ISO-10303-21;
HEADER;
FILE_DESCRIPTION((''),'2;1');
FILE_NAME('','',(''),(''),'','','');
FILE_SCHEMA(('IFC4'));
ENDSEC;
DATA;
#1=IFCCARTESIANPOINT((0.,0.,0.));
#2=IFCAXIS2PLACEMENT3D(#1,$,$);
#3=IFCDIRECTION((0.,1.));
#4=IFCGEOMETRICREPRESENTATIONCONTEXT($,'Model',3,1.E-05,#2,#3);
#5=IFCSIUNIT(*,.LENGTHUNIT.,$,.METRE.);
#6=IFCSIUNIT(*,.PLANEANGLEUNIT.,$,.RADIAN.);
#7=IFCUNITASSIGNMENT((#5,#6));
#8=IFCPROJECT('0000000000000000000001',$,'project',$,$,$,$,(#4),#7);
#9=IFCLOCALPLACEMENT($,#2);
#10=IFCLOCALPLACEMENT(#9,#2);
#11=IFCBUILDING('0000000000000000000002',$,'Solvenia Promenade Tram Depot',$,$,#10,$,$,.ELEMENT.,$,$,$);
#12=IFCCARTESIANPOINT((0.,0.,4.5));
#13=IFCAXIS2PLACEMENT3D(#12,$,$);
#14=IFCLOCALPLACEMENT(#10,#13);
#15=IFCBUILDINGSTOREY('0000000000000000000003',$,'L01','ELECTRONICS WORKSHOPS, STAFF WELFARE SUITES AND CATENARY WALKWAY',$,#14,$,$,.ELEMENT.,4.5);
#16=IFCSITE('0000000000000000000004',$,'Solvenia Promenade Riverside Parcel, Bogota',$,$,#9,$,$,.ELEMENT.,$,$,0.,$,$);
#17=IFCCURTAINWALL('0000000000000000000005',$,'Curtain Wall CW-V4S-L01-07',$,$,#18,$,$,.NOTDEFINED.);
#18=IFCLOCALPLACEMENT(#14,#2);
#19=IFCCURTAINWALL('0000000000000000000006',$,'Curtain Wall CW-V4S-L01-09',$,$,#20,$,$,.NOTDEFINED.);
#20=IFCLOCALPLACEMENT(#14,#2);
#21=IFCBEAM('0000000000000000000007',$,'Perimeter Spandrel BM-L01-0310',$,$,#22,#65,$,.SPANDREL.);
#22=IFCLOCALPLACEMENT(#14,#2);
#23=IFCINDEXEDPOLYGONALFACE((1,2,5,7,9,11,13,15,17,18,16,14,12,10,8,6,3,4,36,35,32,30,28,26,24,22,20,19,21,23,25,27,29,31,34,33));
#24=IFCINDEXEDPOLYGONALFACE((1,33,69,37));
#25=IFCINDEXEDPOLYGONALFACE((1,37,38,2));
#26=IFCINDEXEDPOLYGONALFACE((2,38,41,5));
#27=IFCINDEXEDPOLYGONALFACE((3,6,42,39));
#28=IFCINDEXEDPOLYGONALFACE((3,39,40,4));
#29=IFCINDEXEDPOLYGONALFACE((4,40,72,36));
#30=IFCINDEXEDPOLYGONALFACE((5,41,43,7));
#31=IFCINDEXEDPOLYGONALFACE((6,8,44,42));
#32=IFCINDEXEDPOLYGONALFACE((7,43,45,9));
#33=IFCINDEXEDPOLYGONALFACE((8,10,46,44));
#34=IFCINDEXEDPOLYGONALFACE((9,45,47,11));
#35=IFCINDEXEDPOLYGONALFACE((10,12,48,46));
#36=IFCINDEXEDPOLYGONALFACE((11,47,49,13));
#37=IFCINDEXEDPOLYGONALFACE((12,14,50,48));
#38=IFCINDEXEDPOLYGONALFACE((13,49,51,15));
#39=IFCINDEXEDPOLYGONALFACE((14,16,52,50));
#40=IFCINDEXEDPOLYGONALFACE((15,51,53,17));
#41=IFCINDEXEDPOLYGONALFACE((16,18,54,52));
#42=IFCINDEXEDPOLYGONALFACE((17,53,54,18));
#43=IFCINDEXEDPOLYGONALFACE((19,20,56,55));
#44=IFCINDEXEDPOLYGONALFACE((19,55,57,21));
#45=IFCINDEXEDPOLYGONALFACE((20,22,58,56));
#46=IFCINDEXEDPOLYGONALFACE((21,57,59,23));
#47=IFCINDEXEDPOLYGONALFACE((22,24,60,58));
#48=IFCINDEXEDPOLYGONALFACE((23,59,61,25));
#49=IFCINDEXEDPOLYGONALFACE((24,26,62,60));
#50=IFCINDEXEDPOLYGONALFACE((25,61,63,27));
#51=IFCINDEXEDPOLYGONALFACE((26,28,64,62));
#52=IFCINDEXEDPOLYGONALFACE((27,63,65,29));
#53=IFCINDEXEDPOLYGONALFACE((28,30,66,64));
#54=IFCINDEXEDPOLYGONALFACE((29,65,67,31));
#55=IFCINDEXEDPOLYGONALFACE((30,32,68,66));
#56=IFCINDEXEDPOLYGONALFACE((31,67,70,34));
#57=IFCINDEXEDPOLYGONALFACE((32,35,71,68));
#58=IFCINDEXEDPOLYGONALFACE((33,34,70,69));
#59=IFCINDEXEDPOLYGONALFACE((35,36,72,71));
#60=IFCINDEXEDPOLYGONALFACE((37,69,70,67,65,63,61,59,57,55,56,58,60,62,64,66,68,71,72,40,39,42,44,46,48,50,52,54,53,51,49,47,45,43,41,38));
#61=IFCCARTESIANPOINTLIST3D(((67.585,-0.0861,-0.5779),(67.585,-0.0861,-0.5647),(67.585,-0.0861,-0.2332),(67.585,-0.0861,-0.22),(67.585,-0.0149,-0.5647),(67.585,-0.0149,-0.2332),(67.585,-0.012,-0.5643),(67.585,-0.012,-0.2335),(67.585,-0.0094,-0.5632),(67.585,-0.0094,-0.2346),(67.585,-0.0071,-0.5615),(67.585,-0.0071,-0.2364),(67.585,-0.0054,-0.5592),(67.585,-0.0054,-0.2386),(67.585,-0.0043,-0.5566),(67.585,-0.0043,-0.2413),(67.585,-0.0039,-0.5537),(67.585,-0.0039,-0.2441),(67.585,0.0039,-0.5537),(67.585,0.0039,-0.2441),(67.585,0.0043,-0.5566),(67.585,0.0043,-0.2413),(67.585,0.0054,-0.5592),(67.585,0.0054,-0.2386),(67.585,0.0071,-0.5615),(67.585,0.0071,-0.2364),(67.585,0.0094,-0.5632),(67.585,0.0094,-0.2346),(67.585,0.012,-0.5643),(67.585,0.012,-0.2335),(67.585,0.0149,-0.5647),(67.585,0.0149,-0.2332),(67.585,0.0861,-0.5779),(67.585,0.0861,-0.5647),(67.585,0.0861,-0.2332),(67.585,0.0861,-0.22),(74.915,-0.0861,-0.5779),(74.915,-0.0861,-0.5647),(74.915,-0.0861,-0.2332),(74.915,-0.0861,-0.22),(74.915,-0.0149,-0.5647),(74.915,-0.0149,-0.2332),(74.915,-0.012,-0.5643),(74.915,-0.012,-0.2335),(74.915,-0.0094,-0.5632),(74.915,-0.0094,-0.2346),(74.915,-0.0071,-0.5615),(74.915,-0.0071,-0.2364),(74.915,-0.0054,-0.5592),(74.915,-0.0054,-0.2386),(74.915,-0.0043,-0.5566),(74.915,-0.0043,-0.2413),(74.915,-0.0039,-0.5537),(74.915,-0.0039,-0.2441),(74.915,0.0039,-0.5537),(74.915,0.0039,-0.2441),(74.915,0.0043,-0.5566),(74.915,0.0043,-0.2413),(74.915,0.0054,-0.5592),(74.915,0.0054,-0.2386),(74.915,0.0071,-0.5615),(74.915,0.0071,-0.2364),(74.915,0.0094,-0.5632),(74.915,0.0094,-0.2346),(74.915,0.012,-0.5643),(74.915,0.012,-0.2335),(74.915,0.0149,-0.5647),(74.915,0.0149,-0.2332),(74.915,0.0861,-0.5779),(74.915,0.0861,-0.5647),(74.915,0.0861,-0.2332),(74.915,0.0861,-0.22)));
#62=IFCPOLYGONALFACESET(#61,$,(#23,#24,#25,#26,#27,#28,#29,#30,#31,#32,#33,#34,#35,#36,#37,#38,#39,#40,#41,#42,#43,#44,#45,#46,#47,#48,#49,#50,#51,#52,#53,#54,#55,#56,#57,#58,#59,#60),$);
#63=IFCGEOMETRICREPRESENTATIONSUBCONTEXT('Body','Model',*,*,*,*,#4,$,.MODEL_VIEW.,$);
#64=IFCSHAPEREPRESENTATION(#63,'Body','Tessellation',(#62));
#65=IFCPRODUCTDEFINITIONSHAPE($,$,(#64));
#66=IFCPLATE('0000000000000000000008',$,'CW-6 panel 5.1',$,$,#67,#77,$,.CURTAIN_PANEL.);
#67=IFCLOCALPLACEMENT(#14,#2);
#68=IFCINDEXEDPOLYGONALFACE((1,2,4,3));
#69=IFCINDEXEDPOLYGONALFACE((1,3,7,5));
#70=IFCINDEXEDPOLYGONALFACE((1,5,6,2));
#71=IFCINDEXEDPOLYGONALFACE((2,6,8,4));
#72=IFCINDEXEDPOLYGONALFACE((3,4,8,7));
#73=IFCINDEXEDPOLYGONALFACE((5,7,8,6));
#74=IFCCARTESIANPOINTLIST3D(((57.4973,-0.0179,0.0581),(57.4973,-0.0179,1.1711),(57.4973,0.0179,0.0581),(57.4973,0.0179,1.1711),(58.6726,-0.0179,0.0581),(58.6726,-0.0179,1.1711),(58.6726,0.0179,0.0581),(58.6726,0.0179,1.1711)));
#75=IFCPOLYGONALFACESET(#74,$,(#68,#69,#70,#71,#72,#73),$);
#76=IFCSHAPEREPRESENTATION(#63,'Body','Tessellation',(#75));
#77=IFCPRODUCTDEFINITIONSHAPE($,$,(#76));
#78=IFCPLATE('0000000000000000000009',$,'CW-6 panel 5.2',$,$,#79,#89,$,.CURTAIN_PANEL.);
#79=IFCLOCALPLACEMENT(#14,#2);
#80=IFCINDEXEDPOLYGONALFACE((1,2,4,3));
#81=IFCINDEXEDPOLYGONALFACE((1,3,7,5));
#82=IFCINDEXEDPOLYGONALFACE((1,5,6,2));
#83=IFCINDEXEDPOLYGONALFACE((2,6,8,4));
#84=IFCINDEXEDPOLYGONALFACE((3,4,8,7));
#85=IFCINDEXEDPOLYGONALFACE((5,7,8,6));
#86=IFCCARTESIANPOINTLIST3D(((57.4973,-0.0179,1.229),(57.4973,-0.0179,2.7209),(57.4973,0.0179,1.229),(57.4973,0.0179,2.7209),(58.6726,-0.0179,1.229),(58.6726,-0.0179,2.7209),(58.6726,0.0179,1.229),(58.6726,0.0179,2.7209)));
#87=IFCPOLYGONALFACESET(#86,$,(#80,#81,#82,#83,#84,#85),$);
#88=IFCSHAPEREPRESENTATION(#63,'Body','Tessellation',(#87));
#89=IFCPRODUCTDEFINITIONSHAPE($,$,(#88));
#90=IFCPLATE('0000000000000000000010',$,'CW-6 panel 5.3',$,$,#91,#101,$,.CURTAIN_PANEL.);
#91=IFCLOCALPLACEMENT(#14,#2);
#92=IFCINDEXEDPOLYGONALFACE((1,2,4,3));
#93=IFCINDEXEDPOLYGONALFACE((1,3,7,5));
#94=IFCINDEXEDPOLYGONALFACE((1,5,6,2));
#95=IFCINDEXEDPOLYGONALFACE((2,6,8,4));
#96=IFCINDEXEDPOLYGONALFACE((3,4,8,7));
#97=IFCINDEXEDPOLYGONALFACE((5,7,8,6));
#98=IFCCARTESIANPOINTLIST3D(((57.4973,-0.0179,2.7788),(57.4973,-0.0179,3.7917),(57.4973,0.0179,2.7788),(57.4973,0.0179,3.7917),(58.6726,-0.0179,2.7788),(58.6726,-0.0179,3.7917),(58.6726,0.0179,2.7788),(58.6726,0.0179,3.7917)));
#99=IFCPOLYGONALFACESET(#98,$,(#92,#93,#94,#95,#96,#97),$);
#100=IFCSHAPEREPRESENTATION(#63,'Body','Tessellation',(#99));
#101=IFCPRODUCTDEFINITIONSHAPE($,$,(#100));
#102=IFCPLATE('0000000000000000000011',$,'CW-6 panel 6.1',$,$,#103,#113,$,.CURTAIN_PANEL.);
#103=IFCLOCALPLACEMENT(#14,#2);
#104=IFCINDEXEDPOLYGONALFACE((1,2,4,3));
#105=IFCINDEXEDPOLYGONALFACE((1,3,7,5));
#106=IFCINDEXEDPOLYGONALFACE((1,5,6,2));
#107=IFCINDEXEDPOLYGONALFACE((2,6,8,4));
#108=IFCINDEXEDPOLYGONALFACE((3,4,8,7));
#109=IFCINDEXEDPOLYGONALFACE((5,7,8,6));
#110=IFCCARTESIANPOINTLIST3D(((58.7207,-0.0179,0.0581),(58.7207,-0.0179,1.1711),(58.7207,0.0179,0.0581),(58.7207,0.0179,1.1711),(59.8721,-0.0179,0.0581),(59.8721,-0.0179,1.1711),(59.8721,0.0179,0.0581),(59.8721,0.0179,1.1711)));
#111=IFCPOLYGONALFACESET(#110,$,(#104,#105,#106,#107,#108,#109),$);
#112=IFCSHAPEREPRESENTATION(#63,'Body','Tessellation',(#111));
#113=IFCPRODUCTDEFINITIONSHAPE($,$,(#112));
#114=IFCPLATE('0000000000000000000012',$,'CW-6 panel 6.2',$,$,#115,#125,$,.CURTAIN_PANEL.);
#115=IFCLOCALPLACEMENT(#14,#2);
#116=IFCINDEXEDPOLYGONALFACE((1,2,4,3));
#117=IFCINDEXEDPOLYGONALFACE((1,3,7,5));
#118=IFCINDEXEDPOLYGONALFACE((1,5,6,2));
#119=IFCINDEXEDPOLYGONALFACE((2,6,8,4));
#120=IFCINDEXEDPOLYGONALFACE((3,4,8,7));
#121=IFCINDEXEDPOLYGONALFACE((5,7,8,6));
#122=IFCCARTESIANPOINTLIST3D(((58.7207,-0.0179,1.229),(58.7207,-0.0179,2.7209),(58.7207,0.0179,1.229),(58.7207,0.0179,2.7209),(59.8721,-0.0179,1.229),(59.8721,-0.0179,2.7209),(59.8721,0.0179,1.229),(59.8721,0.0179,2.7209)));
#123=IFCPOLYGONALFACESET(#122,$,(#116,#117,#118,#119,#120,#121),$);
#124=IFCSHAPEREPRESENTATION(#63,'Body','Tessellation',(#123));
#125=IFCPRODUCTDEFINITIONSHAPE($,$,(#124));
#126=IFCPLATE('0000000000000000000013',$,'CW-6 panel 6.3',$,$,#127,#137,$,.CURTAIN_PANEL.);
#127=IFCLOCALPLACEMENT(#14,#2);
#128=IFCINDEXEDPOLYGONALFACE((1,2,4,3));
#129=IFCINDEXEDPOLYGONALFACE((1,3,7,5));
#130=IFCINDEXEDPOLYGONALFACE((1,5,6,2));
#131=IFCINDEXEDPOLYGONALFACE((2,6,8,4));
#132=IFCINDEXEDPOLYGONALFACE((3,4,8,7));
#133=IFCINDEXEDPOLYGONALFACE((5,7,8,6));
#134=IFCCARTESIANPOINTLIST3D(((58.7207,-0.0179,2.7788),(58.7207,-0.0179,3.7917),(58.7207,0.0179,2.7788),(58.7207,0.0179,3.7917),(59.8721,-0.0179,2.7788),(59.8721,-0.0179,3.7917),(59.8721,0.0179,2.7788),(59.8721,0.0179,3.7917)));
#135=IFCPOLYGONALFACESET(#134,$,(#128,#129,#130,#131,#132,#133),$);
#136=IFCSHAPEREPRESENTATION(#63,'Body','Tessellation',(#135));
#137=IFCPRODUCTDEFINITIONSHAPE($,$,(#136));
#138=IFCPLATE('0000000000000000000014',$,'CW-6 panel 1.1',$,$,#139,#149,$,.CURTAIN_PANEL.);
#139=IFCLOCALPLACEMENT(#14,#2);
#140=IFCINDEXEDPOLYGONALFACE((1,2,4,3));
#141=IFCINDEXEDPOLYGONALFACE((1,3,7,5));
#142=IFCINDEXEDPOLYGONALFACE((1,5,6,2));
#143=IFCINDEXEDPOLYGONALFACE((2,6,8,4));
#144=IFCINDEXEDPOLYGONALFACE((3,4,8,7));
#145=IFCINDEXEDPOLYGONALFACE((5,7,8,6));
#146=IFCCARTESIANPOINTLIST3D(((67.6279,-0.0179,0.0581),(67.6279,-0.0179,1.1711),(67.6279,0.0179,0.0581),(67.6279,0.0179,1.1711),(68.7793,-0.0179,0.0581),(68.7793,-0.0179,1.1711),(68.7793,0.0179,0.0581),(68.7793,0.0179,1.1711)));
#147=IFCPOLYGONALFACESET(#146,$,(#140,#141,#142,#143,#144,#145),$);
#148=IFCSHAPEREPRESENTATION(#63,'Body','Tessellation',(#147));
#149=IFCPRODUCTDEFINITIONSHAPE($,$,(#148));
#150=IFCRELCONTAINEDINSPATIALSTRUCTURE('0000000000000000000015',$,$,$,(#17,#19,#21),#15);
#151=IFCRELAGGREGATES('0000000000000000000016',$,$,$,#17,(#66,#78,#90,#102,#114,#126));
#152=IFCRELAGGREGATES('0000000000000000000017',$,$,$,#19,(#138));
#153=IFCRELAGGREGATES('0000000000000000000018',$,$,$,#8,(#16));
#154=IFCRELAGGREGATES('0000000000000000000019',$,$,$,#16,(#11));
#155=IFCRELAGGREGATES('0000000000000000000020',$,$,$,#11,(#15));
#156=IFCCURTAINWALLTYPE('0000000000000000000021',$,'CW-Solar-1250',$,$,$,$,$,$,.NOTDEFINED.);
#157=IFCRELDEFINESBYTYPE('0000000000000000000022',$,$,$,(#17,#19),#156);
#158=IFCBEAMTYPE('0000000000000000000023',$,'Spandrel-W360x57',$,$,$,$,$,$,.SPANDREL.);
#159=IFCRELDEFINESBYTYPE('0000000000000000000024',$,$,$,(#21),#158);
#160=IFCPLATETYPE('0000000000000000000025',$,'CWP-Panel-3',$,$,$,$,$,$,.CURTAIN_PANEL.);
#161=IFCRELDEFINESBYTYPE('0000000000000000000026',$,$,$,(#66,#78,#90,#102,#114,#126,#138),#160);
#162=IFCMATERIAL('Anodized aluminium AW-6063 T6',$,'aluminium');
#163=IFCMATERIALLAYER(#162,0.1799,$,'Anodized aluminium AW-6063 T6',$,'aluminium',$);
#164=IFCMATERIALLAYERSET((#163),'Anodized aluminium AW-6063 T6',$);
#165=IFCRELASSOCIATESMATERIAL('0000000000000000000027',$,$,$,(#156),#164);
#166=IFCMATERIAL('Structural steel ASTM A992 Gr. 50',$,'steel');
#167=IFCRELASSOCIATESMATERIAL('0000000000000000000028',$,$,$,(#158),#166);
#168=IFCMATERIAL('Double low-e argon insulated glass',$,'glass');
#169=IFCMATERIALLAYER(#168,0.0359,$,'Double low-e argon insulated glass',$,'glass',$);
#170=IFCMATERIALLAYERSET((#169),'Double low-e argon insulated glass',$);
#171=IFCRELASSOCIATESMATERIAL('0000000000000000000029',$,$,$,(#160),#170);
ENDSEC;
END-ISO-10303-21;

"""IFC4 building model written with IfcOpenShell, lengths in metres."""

from ifc_helpers import new_model, si_unit, direction, frame, origin, origin_2d, place, context, subcontext, project, spatial, rectangle, i_section, extrude, material, layer, layer_set, material_profile, profile_set, type_object, element, aggregate, save


model = new_model("IFC4")

# Units and contexts
model_context = context("Model", 3, precision=1e-05, world=origin(), true_north=direction((0.0, 1.0)))
body_context = subcontext(model_context, "Body", "Model", "MODEL_VIEW")
ifc_project = project(units=[si_unit("LENGTHUNIT", "METRE"), si_unit("PLANEANGLEUNIT", "RADIAN")], contexts=[model_context])

# Site, building, storey
site_placement = place(None, origin())
site = spatial("IfcSite", under=ifc_project, at=site_placement, Name="Solvenia Promenade Riverside Parcel, Bogota", CompositionType="ELEMENT", RefElevation=0.0)
building_placement = place(site_placement, origin())
building = spatial("IfcBuilding", under=site, at=building_placement, Name="Solvenia Promenade Tram Depot", CompositionType="ELEMENT")
storey_placement = place(building_placement, frame((0.0, 0.0, 4.5)))
storey = spatial("IfcBuildingStorey", under=building, at=storey_placement, Name="L01", Description="ELECTRONICS WORKSHOPS, STAFF WELFARE SUITES AND CATENARY WALKWAY", CompositionType="ELEMENT", Elevation=4.5)

# Shared definitions
ifc_material_1 = material(Name="Structural steel ASTM A992 Gr. 50", Category="steel")

# Curtain wall
ifc_material_2 = material(Name="Anodized aluminium AW-6063 T6", Category="aluminium")
ifc_layer_1 = layer(ifc_material_2, 0.1799, Name="Anodized aluminium AW-6063 T6", Category="aluminium")
ifc_layer_set_1 = layer_set([ifc_layer_1], Name="Anodized aluminium AW-6063 T6")
curtain_wall_type = type_object("IfcCurtainWallType", Name="CW-Solar-1250", PredefinedType="NOTDEFINED", material=ifc_layer_set_1)
curtain_wall_1_placement = place(storey_placement, origin())
curtain_wall_1 = element("IfcCurtainWall", 1, at=curtain_wall_1_placement, inside=storey, type_object=curtain_wall_type, Name="Curtain Wall CW-V4S-L01-07", PredefinedType="NOTDEFINED")

# Curtain wall
curtain_wall_2_placement = place(storey_placement, origin())
curtain_wall_2 = element("IfcCurtainWall", 2, at=curtain_wall_2_placement, inside=storey, type_object=curtain_wall_type, Name="Curtain Wall CW-V4S-L01-09", PredefinedType="NOTDEFINED")

# Beam
ifc_material_profile_1 = material_profile(ifc_material_1, i_section(OverallWidth=0.1721, OverallDepth=0.3579, WebThickness=0.0078, FlangeThickness=0.0132, FilletRadius=0.011, at=origin_2d()), Name="W360x57", Category="steel")
ifc_profile_set_1 = profile_set([ifc_material_profile_1], Name="Structural steel ASTM A992 Gr. 50")
beam_type = type_object("IfcBeamType", Name="Spandrel-W360x57", PredefinedType="SPANDREL", material=ifc_profile_set_1)
for number, where, z_axis, x_axis, name in (
    (3, (67.585, 0.0, -0.3989), (1.0, 0.0, 0.0), (0.0, 1.0, 0.0), "Perimeter Spandrel BM-L01-0310"),
):
    element("IfcBeam", number, at=place(storey_placement, frame(where, z_axis=z_axis, x_axis=x_axis)), inside=storey, type_object=beam_type, Name=name, PredefinedType="SPANDREL", context=body_context, shape_type="SweptSolid", body=[
        extrude(i_section(OverallWidth=0.1721, OverallDepth=0.3579, WebThickness=0.0078, FlangeThickness=0.0132, FilletRadius=0.011, at=origin_2d()), origin(), (0.0, 0.0, 1.0), 7.3301),
    ])

# Plates
ifc_material_3 = material(Name="Double low-e argon insulated glass", Category="glass")
ifc_layer_2 = layer(ifc_material_3, 0.0359, Name="Double low-e argon insulated glass", Category="glass")
ifc_layer_set_2 = layer_set([ifc_layer_2], Name="Double low-e argon insulated glass")
plate_type = type_object("IfcPlateType", Name="CWP-Panel-3", PredefinedType="CURTAIN_PANEL", material=ifc_layer_set_2)
plate_1_placement = place(storey_placement, frame((58.085, 0.0, 0.0581), z_axis=(0.0, 0.0, 1.0), x_axis=(1.0, 0.0, 0.0)))
plate_1 = element("IfcPlate", 4, at=plate_1_placement, type_object=plate_type, Name="CW-6 panel 5.1", PredefinedType="CURTAIN_PANEL", context=body_context, shape_type="SweptSolid", body=[
    extrude(rectangle(XDim=1.1753, YDim=0.0359, at=origin_2d()), origin(), (0.0, 0.0, 1.0), 1.113),
])
plate_2_placement = place(storey_placement, frame((58.085, 0.0, 1.229), z_axis=(0.0, 0.0, 1.0), x_axis=(1.0, 0.0, 0.0)))
plate_2 = element("IfcPlate", 5, at=plate_2_placement, type_object=plate_type, Name="CW-6 panel 5.2", PredefinedType="CURTAIN_PANEL", context=body_context, shape_type="SweptSolid", body=[
    extrude(rectangle(XDim=1.1753, YDim=0.0359, at=origin_2d()), origin(), (0.0, 0.0, 1.0), 1.4919),
])
plate_3_placement = place(storey_placement, frame((58.085, 0.0, 2.7788), z_axis=(0.0, 0.0, 1.0), x_axis=(1.0, 0.0, 0.0)))
plate_3 = element("IfcPlate", 6, at=plate_3_placement, type_object=plate_type, Name="CW-6 panel 5.3", PredefinedType="CURTAIN_PANEL", context=body_context, shape_type="SweptSolid", body=[
    extrude(rectangle(XDim=1.1753, YDim=0.0359, at=origin_2d()), origin(), (0.0, 0.0, 1.0), 1.0129),
])
plate_4_placement = place(storey_placement, frame((59.2964, 0.0, 0.0581), z_axis=(0.0, 0.0, 1.0), x_axis=(1.0, 0.0, 0.0)))
plate_4 = element("IfcPlate", 7, at=plate_4_placement, type_object=plate_type, Name="CW-6 panel 6.1", PredefinedType="CURTAIN_PANEL", context=body_context, shape_type="SweptSolid", body=[
    extrude(rectangle(XDim=1.1514, YDim=0.0359, at=origin_2d()), origin(), (0.0, 0.0, 1.0), 1.113),
])
plate_5_placement = place(storey_placement, frame((59.2964, 0.0, 1.229), z_axis=(0.0, 0.0, 1.0), x_axis=(1.0, 0.0, 0.0)))
plate_5 = element("IfcPlate", 8, at=plate_5_placement, type_object=plate_type, Name="CW-6 panel 6.2", PredefinedType="CURTAIN_PANEL", context=body_context, shape_type="SweptSolid", body=[
    extrude(rectangle(XDim=1.1514, YDim=0.0359, at=origin_2d()), origin(), (0.0, 0.0, 1.0), 1.4919),
])
plate_6_placement = place(storey_placement, frame((59.2964, 0.0, 2.7788), z_axis=(0.0, 0.0, 1.0), x_axis=(1.0, 0.0, 0.0)))
plate_6 = element("IfcPlate", 9, at=plate_6_placement, type_object=plate_type, Name="CW-6 panel 6.3", PredefinedType="CURTAIN_PANEL", context=body_context, shape_type="SweptSolid", body=[
    extrude(rectangle(XDim=1.1514, YDim=0.0359, at=origin_2d()), origin(), (0.0, 0.0, 1.0), 1.0129),
])
aggregate(curtain_wall_1, [plate_1, plate_2, plate_3, plate_4, plate_5, plate_6])
plate_7_placement = place(storey_placement, frame((68.2036, 0.0, 0.0581), z_axis=(0.0, 0.0, 1.0), x_axis=(1.0, 0.0, 0.0)))
plate_7 = element("IfcPlate", 10, at=plate_7_placement, type_object=plate_type, Name="CW-6 panel 1.1", PredefinedType="CURTAIN_PANEL", context=body_context, shape_type="SweptSolid", body=[
    extrude(rectangle(XDim=1.1514, YDim=0.0359, at=origin_2d()), origin(), (0.0, 0.0, 1.0), 1.113),
])
aggregate(curtain_wall_2, [plate_7])

save(model, "model.ifc")
